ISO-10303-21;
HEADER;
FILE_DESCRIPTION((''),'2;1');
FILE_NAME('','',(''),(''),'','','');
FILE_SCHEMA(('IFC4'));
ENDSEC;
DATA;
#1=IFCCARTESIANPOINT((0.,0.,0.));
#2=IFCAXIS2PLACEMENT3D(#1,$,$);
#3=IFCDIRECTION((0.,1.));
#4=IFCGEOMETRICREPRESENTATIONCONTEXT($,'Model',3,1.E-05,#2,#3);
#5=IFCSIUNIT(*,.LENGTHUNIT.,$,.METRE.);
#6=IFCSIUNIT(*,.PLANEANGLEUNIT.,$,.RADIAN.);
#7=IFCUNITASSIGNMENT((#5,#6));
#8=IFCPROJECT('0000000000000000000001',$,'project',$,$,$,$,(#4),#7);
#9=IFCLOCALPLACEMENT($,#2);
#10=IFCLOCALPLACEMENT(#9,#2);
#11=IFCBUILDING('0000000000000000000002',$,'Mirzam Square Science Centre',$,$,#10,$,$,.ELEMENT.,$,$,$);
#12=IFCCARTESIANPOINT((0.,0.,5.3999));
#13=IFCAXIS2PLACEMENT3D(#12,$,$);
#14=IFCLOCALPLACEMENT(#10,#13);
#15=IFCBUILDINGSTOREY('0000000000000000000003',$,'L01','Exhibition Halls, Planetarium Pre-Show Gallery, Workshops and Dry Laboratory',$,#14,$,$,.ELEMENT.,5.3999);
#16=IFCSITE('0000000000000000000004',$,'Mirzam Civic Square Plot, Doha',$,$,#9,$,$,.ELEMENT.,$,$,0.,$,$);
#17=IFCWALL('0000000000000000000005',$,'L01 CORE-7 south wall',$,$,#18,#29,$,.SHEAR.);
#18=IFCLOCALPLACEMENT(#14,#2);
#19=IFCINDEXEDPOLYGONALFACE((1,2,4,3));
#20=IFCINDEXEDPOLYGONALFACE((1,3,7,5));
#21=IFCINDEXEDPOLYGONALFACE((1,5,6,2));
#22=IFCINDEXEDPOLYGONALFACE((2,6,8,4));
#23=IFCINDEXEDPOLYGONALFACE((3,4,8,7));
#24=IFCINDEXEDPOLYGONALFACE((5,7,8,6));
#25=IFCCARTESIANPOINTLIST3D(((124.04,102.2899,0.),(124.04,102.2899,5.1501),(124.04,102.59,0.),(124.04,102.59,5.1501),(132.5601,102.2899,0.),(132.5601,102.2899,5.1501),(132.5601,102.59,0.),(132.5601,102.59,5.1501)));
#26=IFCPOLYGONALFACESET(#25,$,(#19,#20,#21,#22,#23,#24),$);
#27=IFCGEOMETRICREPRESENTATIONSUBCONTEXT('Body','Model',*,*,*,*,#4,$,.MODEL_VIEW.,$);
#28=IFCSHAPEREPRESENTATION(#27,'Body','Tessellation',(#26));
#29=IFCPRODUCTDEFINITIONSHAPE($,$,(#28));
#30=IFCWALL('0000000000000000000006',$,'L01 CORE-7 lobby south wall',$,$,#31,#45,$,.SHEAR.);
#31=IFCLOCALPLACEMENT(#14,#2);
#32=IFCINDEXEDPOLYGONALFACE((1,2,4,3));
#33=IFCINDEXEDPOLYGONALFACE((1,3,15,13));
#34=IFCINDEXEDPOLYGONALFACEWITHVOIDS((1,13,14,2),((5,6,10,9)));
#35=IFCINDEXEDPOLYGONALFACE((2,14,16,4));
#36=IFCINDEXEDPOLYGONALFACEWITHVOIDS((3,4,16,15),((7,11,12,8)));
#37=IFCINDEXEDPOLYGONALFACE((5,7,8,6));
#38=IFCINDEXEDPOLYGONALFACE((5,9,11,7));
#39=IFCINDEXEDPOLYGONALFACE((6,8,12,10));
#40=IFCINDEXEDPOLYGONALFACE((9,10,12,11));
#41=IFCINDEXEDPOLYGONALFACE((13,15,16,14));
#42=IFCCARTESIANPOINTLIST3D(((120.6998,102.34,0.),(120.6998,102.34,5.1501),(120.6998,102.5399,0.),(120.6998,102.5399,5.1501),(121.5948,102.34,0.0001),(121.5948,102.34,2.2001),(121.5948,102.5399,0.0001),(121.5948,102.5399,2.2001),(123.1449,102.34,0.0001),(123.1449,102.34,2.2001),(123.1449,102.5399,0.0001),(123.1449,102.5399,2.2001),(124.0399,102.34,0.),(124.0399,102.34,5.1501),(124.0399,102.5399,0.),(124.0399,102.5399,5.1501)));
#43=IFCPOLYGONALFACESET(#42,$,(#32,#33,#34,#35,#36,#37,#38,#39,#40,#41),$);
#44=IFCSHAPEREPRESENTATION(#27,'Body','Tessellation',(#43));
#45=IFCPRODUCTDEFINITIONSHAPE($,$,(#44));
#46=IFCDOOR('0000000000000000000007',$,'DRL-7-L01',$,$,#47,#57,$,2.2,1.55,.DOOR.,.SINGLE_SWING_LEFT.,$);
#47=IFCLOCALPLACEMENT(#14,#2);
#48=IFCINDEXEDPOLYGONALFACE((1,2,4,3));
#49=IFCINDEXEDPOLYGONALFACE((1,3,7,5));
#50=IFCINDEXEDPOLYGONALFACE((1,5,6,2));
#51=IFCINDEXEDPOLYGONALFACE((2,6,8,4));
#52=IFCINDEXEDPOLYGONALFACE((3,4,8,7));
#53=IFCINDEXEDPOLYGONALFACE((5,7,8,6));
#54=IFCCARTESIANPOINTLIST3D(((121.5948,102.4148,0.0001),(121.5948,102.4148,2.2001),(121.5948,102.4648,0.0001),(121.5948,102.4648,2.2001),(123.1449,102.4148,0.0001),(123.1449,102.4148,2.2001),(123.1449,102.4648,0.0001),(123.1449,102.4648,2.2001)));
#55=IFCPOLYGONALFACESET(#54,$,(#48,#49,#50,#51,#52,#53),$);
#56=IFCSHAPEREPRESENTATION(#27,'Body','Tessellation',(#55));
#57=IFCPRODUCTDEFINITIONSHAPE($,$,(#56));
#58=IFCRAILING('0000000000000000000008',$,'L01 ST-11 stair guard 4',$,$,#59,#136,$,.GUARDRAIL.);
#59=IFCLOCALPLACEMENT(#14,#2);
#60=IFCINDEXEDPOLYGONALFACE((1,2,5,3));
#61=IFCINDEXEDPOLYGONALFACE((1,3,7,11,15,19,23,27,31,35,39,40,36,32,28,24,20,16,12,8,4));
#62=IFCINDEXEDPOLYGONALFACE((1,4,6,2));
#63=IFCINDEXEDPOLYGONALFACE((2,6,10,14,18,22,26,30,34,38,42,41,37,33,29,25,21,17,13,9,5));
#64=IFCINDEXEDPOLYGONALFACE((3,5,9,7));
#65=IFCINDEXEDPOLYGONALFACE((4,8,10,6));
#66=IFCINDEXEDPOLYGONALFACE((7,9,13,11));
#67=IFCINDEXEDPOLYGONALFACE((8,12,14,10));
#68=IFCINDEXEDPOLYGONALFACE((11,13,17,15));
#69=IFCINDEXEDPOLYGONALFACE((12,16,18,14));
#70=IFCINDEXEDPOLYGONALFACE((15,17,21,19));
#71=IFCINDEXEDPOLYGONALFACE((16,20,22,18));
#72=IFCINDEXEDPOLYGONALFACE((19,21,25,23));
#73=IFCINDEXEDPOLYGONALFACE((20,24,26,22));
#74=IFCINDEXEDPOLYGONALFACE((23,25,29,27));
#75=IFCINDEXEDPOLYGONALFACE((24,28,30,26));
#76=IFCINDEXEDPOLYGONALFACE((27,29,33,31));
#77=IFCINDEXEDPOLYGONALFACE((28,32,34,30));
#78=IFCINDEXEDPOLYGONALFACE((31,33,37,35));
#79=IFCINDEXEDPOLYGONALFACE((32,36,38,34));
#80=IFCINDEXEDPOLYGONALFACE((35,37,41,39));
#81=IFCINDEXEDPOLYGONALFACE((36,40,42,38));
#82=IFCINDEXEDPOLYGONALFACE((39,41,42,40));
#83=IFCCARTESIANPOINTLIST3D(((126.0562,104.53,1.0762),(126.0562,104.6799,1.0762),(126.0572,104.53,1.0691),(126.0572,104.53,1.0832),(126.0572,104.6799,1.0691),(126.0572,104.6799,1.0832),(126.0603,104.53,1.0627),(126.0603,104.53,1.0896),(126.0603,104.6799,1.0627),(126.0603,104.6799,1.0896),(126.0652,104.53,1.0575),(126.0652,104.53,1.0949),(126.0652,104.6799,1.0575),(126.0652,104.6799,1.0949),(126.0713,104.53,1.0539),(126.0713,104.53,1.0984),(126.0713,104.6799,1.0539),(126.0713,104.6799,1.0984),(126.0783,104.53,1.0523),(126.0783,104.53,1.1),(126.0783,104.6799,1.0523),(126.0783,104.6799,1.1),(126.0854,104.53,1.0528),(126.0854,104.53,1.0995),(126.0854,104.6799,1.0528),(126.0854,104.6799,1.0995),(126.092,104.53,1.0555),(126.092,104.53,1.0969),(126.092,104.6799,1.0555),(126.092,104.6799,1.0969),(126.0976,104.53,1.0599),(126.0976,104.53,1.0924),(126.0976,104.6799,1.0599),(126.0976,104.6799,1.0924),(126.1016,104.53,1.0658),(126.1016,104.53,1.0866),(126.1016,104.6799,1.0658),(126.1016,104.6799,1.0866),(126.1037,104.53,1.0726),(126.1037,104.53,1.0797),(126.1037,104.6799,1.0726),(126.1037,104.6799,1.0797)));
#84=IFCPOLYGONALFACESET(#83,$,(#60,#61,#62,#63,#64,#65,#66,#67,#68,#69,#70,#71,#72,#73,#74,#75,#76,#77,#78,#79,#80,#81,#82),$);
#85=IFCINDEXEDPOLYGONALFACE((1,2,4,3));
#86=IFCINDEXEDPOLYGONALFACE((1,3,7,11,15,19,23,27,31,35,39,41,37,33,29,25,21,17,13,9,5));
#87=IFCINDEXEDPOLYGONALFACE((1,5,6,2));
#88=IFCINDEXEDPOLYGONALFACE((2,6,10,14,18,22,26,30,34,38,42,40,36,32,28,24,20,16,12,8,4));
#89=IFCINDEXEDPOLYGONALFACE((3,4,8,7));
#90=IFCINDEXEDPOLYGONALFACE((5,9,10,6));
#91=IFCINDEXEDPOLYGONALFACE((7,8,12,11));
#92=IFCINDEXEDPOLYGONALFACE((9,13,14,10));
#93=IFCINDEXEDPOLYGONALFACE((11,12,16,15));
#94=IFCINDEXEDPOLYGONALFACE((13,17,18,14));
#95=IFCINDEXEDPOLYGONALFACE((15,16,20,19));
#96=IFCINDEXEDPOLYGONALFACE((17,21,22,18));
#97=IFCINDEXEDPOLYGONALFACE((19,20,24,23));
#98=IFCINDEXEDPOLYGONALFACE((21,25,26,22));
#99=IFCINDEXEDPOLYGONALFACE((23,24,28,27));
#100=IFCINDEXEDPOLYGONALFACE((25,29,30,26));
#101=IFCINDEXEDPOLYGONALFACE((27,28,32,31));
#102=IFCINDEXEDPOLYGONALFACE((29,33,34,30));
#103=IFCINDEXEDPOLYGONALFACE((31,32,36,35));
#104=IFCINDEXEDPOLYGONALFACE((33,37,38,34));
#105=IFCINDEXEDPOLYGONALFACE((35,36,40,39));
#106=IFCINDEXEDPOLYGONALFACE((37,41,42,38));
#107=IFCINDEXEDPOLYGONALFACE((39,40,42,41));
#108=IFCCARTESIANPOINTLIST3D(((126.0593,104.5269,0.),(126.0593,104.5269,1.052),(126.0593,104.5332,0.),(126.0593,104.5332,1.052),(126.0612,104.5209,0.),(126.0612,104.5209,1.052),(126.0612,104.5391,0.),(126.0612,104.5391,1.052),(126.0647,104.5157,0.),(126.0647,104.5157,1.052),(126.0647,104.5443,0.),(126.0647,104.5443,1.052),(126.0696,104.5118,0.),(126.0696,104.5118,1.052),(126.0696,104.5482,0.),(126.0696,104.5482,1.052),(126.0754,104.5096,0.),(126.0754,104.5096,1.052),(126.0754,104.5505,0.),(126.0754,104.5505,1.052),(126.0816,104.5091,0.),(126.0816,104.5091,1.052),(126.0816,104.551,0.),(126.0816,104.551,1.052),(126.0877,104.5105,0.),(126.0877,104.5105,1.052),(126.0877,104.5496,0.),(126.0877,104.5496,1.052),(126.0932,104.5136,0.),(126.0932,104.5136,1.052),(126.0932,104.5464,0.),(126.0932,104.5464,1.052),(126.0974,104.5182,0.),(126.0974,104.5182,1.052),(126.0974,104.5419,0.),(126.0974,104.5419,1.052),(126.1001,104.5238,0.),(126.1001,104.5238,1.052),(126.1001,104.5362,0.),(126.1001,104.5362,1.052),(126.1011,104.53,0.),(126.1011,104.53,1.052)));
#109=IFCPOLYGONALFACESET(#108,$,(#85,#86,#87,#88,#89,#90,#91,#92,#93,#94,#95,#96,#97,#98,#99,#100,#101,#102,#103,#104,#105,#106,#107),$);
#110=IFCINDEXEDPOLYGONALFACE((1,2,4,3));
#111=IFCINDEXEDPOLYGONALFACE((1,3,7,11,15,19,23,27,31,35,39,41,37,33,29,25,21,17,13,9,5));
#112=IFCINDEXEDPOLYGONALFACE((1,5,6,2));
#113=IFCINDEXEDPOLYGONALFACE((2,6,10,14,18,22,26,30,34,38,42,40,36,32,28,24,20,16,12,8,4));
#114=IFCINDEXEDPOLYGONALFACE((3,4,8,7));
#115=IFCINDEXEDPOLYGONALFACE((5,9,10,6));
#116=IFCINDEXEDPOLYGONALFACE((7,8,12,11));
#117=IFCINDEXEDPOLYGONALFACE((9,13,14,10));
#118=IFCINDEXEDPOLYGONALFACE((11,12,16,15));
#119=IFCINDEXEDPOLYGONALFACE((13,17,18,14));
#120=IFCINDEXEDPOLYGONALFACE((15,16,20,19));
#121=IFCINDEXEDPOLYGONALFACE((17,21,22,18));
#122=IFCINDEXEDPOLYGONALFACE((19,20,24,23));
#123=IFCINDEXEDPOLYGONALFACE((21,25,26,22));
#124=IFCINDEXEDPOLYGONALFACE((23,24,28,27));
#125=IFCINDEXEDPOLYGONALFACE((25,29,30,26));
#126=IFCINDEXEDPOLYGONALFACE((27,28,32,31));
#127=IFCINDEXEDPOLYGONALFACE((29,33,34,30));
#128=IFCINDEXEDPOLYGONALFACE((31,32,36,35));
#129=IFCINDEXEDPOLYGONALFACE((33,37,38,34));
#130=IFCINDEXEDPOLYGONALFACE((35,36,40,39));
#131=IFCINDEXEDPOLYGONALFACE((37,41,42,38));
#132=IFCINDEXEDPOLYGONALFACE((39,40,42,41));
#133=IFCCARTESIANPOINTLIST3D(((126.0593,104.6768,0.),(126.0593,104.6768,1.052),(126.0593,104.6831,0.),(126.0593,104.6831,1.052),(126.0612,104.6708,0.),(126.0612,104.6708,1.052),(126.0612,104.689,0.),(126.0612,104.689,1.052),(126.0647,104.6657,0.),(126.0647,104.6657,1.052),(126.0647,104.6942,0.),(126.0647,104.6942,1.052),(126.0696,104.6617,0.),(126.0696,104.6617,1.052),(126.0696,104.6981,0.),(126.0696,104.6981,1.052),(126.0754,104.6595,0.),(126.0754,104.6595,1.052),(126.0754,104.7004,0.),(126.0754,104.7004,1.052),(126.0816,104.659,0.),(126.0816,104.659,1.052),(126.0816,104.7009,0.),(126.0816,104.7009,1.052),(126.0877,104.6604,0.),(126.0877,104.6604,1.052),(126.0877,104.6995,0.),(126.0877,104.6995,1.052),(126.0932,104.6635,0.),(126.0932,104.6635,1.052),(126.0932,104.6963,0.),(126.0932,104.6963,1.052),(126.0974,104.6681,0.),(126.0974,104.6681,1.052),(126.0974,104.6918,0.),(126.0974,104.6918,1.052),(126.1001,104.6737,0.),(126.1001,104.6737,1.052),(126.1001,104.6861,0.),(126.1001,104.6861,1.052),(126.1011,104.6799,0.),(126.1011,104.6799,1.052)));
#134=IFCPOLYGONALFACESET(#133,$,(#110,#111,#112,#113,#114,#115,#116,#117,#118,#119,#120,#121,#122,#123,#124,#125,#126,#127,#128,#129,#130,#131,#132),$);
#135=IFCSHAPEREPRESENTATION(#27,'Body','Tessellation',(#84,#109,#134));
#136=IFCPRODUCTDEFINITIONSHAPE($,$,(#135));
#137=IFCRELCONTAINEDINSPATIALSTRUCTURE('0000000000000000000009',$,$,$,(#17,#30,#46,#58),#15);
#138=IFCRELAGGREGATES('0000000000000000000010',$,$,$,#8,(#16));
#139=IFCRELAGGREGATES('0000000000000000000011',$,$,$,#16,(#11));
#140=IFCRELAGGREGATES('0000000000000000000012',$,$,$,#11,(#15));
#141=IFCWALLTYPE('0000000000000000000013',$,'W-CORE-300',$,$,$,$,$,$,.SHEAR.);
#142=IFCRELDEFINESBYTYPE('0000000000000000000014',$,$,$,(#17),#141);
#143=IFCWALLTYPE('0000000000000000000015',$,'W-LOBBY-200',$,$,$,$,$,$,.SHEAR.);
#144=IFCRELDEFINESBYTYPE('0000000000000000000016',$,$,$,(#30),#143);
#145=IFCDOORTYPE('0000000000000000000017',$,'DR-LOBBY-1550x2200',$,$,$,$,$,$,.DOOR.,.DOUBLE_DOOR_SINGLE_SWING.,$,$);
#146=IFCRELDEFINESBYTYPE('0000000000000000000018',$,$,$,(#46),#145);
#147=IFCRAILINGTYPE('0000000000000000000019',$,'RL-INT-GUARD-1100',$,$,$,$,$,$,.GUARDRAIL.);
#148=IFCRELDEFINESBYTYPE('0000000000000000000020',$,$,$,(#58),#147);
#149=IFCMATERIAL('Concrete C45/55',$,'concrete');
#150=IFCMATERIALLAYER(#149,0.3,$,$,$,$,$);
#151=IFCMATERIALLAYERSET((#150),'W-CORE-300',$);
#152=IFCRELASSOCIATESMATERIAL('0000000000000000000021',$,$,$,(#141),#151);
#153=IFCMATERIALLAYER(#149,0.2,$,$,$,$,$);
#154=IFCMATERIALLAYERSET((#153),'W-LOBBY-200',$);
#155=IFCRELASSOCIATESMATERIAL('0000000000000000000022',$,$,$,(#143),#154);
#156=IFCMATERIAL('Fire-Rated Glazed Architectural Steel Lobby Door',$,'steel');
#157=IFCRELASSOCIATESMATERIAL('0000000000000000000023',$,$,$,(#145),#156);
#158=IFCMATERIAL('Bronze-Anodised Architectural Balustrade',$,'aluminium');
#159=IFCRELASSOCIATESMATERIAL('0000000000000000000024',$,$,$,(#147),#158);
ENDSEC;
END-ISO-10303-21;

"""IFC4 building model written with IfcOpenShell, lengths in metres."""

from ifc_helpers import new_model, si_unit, direction, frame, frame_2d, origin, origin_2d, place, context, subcontext, project, spatial, rectangle, circle, extrude, material, layer, layer_set, type_object, element, fill, save


model = new_model("IFC4")

# Units and contexts
model_context = context("Model", 3, precision=1e-05, world=origin(), true_north=direction((0.0, 1.0)))
body_context = subcontext(model_context, "Body", "Model", "MODEL_VIEW")
ifc_project = project(units=[si_unit("LENGTHUNIT", "METRE"), si_unit("PLANEANGLEUNIT", "RADIAN")], contexts=[model_context])

# Site, building, storey
site_placement = place(None, origin())
site = spatial("IfcSite", under=ifc_project, at=site_placement, Name="Mirzam Civic Square Plot, Doha", CompositionType="ELEMENT", RefElevation=0.0)
building_placement = place(site_placement, origin())
building = spatial("IfcBuilding", under=site, at=building_placement, Name="Mirzam Square Science Centre", CompositionType="ELEMENT")
storey_placement = place(building_placement, frame((0.0, 0.0, 5.3999)))
storey = spatial("IfcBuildingStorey", under=building, at=storey_placement, Name="L01", Description="Exhibition Halls, Planetarium Pre-Show Gallery, Workshops and Dry Laboratory", CompositionType="ELEMENT", Elevation=5.3999)

# Wall
ifc_material_1 = material(Name="Concrete C45/55", Category="concrete")
ifc_layer_1 = layer(ifc_material_1, 0.3)
ifc_layer_set_1 = layer_set([ifc_layer_1], Name="W-CORE-300")
wall_type_1 = type_object("IfcWallType", Name="W-CORE-300", PredefinedType="SHEAR", material=ifc_layer_set_1)
wall_1_placement = place(storey_placement, frame((124.04, 102.4399, 0.0), z_axis=(0.0, 0.0, 1.0), x_axis=(1.0, 0.0, 0.0)))
element("IfcWall", 1, at=wall_1_placement, inside=storey, type_object=wall_type_1, Name="L01 CORE-7 south wall", PredefinedType="SHEAR", context=body_context, shape_type="SweptSolid", body=[
    extrude(rectangle(XDim=8.52, YDim=0.3, at=frame_2d((4.26, 0.0))), origin(), (0.0, 0.0, 1.0), 5.1501),
])

# Wall, opening, door
ifc_layer_2 = layer(ifc_material_1, 0.2)
ifc_layer_set_2 = layer_set([ifc_layer_2], Name="W-LOBBY-200")
wall_type_2 = type_object("IfcWallType", Name="W-LOBBY-200", PredefinedType="SHEAR", material=ifc_layer_set_2)
wall_2_placement = place(storey_placement, frame((120.7, 102.4399, 0.0), z_axis=(0.0, 0.0, 1.0), x_axis=(1.0, 0.0, 0.0)))
wall_2 = element("IfcWall", 2, at=wall_2_placement, inside=storey, type_object=wall_type_2, Name="L01 CORE-7 lobby south wall", PredefinedType="SHEAR", context=body_context, shape_type="SweptSolid", body=[
    extrude(rectangle(XDim=3.3401, YDim=0.2, at=frame_2d((1.6699, 0.0))), origin(), (0.0, 0.0, 1.0), 5.1501),
])
opening_placement = place(wall_2_placement, frame((0.895, 0.0, 0.0)))
opening = element("IfcOpeningElement", 3, at=opening_placement, cuts=wall_2, PredefinedType="OPENING", context=body_context, shape_type="SweptSolid", body=[
    extrude(rectangle(XDim=1.55, YDim=2.2, at=frame_2d((0.7749, 1.1001))), frame((0.0, 0.1099, 0.0), z_axis=(0.0, -1.0, 0.0), x_axis=(1.0, 0.0, 0.0)), (0.0, 0.0, 1.0), 0.22),
])
ifc_material_2 = material(Name="Fire-Rated Glazed Architectural Steel Lobby Door", Category="steel")
door_type = type_object("IfcDoorType", Name="DR-LOBBY-1550x2200", OperationType="DOUBLE_DOOR_SINGLE_SWING", PredefinedType="DOOR", material=ifc_material_2)
door_placement = place(opening_placement, origin())
door = element("IfcDoor", 4, at=door_placement, inside=storey, type_object=door_type, Name="DRL-7-L01", OperationType="SINGLE_SWING_LEFT", OverallHeight=2.2, OverallWidth=1.55, PredefinedType="DOOR", context=body_context, shape_type="SweptSolid", body=[
    extrude(rectangle(XDim=1.55, YDim=2.2, at=frame_2d((0.7749, 1.1001))), frame((0.0, 0.0249, 0.0), z_axis=(0.0, -1.0, 0.0), x_axis=(1.0, 0.0, 0.0)), (0.0, 0.0, 1.0), 0.05),
])
fill(opening, door)

# Railing
ifc_material_3 = material(Name="Bronze-Anodised Architectural Balustrade", Category="aluminium")
railing_type = type_object("IfcRailingType", Name="RL-INT-GUARD-1100", PredefinedType="GUARDRAIL", material=ifc_material_3)
railing_placement = place(storey_placement, frame((126.0801, 104.53, 0.0)))
element("IfcRailing", 5, at=railing_placement, inside=storey, type_object=railing_type, Name="L01 ST-11 stair guard 4", PredefinedType="GUARDRAIL", context=body_context, shape_type="SweptSolid", body=[
    extrude(circle(Radius=0.0239, at=origin_2d()), frame((0.0, 0.0, 1.0762), z_axis=(0.0, 1.0, 0.0), x_axis=(-1.0, 0.0, 0.0)), (0.0, 0.0, 1.0), 0.1499),
    extrude(circle(Radius=0.021, at=origin_2d()), origin(), (0.0, 0.0, 1.0), 1.052),
    extrude(circle(Radius=0.021, at=origin_2d()), frame((0.0, 0.1499, 0.0)), (0.0, 0.0, 1.0), 1.052),
])

save(model, "model.ifc")
